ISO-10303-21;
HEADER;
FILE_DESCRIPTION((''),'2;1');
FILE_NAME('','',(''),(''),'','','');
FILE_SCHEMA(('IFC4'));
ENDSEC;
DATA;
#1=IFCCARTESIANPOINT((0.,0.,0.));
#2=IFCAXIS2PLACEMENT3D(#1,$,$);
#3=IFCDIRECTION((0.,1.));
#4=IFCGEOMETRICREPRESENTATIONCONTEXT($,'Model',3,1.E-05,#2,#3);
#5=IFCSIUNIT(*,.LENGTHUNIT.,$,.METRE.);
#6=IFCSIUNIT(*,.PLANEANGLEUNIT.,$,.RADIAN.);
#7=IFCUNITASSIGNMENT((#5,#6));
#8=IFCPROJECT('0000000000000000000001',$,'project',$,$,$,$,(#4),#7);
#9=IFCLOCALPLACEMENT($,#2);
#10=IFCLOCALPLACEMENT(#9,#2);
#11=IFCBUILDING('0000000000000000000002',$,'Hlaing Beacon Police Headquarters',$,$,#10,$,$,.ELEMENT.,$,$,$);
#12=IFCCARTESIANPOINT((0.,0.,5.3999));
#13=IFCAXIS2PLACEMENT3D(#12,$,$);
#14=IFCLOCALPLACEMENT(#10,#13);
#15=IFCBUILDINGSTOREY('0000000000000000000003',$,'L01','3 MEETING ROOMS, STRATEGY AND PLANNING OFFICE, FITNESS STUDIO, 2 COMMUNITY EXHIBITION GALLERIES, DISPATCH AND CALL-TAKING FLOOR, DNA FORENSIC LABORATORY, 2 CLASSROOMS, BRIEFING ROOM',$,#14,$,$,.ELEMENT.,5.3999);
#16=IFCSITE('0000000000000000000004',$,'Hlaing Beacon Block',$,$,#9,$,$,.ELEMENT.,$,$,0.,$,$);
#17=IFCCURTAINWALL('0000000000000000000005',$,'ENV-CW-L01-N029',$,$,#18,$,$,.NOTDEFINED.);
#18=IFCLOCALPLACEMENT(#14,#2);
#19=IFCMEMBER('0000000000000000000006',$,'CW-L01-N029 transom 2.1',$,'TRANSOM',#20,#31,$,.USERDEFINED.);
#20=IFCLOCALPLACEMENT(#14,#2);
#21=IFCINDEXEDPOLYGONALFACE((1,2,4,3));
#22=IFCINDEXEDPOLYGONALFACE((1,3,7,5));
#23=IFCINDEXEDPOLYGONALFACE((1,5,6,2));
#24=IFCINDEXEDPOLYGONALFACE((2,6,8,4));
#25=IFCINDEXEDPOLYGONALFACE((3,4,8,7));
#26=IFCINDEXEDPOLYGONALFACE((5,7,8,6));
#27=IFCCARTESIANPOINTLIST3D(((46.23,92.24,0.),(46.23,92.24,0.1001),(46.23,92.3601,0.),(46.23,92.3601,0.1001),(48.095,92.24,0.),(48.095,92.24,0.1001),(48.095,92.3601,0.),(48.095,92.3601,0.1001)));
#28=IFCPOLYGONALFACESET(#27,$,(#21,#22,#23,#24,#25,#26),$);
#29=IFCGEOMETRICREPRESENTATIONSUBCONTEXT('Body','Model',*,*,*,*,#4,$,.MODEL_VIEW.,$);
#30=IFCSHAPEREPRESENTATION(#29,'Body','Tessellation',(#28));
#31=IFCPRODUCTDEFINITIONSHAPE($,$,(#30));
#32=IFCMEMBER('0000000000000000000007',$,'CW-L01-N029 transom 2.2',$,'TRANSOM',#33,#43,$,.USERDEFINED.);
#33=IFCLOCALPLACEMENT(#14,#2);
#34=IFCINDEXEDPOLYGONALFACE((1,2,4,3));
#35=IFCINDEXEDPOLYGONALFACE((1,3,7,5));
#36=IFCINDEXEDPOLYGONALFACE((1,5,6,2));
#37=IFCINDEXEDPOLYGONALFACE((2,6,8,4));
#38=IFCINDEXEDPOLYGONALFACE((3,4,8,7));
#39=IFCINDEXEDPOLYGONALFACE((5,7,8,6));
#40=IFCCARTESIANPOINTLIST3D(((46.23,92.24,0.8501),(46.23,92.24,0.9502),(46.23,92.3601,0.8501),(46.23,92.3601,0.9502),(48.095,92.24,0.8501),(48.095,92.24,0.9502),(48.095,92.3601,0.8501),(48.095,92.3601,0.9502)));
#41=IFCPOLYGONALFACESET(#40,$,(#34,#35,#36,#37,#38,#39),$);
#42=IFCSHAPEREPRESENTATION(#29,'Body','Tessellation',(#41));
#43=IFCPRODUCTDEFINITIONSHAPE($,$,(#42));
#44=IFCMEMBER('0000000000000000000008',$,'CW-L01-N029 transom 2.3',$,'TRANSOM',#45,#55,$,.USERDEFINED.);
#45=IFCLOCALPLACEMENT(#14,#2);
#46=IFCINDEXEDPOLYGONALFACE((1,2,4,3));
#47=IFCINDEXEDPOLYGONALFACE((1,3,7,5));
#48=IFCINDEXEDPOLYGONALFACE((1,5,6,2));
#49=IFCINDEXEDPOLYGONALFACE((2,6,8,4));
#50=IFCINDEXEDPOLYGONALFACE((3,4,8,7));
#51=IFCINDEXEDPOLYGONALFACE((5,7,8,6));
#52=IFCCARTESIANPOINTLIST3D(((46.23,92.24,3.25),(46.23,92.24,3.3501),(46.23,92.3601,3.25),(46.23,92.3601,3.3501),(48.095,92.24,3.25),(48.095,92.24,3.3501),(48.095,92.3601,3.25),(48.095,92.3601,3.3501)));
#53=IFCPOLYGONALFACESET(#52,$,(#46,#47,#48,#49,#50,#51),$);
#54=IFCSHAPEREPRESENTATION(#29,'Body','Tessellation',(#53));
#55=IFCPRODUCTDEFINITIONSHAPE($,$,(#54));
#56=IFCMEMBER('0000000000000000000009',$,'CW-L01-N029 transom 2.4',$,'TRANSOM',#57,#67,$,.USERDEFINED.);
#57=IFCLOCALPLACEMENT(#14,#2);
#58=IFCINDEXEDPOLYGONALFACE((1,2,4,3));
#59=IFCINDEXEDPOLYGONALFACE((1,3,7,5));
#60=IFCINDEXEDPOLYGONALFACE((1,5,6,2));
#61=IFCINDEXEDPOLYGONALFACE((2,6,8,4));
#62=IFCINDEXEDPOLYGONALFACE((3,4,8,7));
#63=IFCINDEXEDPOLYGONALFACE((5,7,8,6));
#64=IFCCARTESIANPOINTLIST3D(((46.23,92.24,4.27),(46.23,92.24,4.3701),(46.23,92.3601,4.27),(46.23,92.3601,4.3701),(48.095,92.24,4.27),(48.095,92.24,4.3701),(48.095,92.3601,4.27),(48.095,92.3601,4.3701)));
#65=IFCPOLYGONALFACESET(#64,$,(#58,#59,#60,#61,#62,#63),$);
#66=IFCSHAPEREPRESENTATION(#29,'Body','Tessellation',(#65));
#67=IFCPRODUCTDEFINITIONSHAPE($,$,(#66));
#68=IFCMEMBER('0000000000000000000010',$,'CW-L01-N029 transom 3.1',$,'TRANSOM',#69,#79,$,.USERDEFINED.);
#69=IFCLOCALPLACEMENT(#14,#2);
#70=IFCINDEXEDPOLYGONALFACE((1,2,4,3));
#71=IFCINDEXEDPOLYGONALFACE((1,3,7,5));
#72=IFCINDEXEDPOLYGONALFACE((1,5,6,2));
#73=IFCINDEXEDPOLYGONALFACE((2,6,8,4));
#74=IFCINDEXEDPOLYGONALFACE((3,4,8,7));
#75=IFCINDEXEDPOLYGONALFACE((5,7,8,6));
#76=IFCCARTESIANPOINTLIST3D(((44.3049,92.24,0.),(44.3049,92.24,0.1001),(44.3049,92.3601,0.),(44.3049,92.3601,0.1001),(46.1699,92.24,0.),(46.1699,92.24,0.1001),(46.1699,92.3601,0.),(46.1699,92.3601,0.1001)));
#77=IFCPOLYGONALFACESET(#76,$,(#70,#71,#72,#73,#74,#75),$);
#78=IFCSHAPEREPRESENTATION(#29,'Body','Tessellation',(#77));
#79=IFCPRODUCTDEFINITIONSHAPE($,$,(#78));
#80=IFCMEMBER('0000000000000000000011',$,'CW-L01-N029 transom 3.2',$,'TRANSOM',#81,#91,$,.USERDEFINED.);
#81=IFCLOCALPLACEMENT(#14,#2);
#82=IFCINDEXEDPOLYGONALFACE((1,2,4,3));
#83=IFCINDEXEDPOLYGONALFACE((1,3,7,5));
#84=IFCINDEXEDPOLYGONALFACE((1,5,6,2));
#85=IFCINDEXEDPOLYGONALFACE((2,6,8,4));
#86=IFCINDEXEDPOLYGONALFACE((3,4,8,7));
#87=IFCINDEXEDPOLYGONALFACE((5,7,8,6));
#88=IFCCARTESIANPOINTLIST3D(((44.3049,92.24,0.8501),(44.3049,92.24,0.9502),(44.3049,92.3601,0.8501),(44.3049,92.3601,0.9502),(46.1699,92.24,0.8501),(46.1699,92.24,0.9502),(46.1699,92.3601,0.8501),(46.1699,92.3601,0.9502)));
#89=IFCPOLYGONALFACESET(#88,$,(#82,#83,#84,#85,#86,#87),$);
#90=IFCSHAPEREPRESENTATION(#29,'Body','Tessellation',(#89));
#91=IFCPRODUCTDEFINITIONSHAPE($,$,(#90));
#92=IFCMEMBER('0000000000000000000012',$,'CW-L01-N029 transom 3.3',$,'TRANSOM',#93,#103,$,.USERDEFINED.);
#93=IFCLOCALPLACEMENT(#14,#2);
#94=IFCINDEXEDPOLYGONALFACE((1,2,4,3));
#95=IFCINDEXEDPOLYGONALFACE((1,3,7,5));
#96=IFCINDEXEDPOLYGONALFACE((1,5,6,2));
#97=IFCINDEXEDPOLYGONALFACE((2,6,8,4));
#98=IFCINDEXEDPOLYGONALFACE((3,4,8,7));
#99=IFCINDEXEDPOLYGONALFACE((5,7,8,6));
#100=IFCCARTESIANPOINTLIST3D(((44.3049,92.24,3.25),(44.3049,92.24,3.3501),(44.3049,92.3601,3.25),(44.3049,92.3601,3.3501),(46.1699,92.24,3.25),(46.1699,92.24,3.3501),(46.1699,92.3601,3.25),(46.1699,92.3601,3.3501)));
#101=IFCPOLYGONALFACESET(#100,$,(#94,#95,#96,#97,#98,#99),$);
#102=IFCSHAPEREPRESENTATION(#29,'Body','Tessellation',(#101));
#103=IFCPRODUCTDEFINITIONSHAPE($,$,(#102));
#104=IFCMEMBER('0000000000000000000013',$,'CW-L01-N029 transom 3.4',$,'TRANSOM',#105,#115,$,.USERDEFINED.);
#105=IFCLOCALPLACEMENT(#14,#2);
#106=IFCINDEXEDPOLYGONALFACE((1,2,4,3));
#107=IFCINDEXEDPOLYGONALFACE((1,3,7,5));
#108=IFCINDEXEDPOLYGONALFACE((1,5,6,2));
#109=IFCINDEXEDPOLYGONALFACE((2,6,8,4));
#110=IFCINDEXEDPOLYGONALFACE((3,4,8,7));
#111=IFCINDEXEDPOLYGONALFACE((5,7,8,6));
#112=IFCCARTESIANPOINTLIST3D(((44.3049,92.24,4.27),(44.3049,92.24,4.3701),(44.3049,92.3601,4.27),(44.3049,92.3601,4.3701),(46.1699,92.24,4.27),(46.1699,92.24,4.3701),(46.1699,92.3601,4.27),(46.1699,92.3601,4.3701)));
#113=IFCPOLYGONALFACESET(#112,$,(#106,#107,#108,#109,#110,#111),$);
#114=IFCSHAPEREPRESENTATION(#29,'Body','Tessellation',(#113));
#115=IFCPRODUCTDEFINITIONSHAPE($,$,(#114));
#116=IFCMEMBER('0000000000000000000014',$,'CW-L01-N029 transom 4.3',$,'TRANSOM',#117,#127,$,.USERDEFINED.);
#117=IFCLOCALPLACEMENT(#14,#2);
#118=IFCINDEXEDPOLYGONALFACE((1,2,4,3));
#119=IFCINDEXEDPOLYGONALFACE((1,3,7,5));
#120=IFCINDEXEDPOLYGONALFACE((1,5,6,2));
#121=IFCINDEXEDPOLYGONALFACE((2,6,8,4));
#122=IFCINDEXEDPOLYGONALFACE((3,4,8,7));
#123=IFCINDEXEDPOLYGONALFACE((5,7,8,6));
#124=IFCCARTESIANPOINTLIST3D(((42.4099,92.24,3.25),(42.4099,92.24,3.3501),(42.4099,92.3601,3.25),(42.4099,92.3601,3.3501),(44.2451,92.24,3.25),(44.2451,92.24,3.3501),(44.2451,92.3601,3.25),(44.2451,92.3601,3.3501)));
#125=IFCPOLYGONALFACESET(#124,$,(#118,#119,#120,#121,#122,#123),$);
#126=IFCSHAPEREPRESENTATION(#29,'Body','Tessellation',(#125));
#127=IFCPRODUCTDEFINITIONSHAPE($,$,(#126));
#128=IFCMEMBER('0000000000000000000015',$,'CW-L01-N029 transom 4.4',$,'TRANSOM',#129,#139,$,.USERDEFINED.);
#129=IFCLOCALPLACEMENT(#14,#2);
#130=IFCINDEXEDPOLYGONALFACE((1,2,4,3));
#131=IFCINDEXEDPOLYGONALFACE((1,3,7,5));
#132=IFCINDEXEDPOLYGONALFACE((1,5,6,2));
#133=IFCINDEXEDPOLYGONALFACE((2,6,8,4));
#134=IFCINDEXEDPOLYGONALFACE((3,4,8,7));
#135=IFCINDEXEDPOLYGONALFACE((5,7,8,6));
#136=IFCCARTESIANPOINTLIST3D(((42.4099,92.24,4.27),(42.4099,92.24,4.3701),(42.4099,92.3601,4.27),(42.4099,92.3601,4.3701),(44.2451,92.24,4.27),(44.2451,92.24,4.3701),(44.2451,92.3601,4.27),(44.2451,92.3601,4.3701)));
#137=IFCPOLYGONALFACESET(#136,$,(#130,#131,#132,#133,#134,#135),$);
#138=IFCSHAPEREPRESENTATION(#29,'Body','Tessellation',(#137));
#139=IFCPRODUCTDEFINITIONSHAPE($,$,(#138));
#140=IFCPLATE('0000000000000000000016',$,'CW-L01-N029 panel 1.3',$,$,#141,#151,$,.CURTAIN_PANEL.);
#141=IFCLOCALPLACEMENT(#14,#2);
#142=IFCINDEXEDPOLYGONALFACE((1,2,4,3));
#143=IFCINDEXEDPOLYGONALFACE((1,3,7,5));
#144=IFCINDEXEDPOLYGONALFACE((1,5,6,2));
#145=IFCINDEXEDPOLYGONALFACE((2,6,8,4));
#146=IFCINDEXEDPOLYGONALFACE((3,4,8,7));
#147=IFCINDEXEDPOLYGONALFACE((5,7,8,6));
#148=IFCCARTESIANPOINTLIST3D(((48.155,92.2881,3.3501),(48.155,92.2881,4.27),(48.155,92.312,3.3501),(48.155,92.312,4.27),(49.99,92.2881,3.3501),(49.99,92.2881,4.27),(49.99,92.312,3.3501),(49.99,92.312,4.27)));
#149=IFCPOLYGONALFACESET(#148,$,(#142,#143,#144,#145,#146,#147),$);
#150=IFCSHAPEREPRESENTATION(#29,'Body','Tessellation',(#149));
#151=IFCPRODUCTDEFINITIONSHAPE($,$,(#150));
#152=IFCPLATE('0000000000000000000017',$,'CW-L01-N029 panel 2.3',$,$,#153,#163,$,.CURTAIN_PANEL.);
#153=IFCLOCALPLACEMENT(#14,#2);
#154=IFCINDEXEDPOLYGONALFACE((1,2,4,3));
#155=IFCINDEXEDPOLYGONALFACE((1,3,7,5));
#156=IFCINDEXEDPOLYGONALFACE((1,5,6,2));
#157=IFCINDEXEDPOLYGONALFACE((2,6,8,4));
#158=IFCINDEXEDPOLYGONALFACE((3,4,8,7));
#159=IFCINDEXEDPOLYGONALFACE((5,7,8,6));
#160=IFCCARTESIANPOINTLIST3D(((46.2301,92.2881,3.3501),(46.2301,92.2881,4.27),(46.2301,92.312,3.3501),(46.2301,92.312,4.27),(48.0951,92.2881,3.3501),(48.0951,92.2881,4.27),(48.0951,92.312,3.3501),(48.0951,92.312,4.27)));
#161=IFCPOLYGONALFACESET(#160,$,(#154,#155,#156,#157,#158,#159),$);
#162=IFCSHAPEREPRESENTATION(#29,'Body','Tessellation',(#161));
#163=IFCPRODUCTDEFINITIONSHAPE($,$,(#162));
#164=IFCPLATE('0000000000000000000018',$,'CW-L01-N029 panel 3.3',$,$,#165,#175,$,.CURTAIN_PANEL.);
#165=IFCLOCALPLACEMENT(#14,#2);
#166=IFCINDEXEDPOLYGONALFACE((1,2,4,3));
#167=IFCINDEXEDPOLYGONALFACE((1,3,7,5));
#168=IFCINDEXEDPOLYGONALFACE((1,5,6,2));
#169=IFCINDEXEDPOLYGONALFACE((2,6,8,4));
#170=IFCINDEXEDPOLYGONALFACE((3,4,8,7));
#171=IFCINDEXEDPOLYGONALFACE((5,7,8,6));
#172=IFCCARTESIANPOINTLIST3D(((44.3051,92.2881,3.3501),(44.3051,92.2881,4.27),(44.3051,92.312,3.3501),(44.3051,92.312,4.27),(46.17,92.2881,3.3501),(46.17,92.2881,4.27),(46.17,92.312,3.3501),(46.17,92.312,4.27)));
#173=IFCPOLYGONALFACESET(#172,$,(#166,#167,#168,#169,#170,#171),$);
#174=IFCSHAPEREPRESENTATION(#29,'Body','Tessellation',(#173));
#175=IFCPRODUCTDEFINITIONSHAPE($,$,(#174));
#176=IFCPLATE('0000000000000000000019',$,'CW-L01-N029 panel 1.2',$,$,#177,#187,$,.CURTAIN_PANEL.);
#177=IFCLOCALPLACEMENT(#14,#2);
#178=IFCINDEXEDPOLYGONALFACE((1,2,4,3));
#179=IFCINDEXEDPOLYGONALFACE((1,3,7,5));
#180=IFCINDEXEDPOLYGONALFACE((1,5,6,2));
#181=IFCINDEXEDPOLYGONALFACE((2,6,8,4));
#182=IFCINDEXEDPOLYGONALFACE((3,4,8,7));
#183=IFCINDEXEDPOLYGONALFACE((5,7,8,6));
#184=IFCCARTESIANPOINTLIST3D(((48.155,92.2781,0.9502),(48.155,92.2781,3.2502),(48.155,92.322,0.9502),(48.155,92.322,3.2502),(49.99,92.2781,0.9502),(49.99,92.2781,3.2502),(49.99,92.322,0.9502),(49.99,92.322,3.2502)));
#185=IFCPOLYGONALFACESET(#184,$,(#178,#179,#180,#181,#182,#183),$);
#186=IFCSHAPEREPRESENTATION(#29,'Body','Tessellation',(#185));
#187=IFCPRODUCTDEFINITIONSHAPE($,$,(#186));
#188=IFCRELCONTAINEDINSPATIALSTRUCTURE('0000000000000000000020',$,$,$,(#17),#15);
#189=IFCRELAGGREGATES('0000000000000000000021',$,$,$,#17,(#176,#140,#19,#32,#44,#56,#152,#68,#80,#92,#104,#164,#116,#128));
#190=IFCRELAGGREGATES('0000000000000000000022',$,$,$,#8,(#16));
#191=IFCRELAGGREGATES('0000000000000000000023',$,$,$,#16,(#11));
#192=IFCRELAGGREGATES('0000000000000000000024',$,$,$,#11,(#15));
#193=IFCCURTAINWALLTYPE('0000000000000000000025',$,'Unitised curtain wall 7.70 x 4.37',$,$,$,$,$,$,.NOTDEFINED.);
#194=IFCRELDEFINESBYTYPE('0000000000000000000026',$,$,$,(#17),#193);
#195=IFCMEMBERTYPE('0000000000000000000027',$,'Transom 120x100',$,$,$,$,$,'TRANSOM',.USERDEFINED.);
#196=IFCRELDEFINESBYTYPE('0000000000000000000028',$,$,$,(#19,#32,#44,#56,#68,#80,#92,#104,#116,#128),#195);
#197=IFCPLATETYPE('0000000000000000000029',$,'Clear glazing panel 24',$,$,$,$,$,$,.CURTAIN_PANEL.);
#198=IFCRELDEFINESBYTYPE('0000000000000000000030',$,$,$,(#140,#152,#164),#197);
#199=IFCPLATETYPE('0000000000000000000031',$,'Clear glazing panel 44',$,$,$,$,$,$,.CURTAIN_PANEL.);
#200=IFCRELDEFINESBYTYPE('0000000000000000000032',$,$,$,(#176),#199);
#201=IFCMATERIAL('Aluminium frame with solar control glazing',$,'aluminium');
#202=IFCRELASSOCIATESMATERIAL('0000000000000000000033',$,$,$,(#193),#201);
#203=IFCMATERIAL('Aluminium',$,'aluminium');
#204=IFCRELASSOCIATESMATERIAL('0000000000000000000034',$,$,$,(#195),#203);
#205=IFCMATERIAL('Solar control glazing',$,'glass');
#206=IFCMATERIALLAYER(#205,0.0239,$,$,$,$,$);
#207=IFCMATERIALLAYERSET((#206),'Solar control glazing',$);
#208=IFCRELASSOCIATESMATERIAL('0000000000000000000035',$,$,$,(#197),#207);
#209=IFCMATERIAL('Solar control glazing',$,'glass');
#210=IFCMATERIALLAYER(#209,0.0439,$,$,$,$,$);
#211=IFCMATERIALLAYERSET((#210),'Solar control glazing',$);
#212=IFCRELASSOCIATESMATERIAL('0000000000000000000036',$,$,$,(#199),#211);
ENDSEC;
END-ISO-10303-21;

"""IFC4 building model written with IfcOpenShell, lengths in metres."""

from ifc_helpers import new_model, si_unit, direction, frame, origin, origin_2d, place, context, subcontext, project, spatial, rectangle, extrude, material, layer, layer_set, material_profile, profile_set, type_object, element, aggregate, save


model = new_model("IFC4")

# Units and contexts
model_context = context("Model", 3, precision=1e-05, world=origin(), true_north=direction((0.0, 1.0)))
body_context = subcontext(model_context, "Body", "Model", "MODEL_VIEW")
ifc_project = project(units=[si_unit("LENGTHUNIT", "METRE"), si_unit("PLANEANGLEUNIT", "RADIAN")], contexts=[model_context])

# Site, building, storey
site_placement = place(None, origin())
site = spatial("IfcSite", under=ifc_project, at=site_placement, Name="Hlaing Beacon Block", CompositionType="ELEMENT", RefElevation=0.0)
building_placement = place(site_placement, origin())
building = spatial("IfcBuilding", under=site, at=building_placement, Name="Hlaing Beacon Police Headquarters", CompositionType="ELEMENT")
storey_placement = place(building_placement, frame((0.0, 0.0, 5.3999)))
storey = spatial("IfcBuildingStorey", under=building, at=storey_placement, Name="L01", Description="3 MEETING ROOMS, STRATEGY AND PLANNING OFFICE, FITNESS STUDIO, 2 COMMUNITY EXHIBITION GALLERIES, DISPATCH AND CALL-TAKING FLOOR, DNA FORENSIC LABORATORY, 2 CLASSROOMS, BRIEFING ROOM", CompositionType="ELEMENT", Elevation=5.3999)

# Curtain wall, members, plates
ifc_material_1 = material(Name="Aluminium frame with solar control glazing", Category="aluminium")
curtain_wall_type_1 = type_object("IfcCurtainWallType", Name="Unitised curtain wall 7.70 x 4.37", PredefinedType="NOTDEFINED", material=ifc_material_1)
curtain_wall_1_placement = place(storey_placement, origin())
curtain_wall_1 = element("IfcCurtainWall", 1, at=curtain_wall_1_placement, inside=storey, type_object=curtain_wall_type_1, Name="ENV-CW-L01-N029", PredefinedType="NOTDEFINED")
ifc_material_2 = material(Name="Aluminium", Category="aluminium")
ifc_material_profile_1 = material_profile(ifc_material_2, rectangle(XDim=0.1201, YDim=0.1001, at=origin_2d()), Name="Transom 120x100")
ifc_profile_set_1 = profile_set([ifc_material_profile_1], Name="Aluminium")
member_type_1 = type_object("IfcMemberType", Name="Transom 120x100", ElementType="TRANSOM", PredefinedType="USERDEFINED", material=ifc_profile_set_1)
member_1_placement = place(storey_placement, frame((48.095, 92.3, 0.05), z_axis=(-1.0, 0.0, 0.0), x_axis=(0.0, -1.0, 0.0)))
member_1 = element("IfcMember", 2, at=member_1_placement, type_object=member_type_1, Name="CW-L01-N029 transom 2.1", ObjectType="TRANSOM", PredefinedType="USERDEFINED", context=body_context, shape_type="SweptSolid", body=[
    extrude(rectangle(XDim=0.1201, YDim=0.1001, at=origin_2d()), origin(), (0.0, 0.0, 1.0), 1.865),
])
member_2_placement = place(storey_placement, frame((48.095, 92.3, 0.9001), z_axis=(-1.0, 0.0, 0.0), x_axis=(0.0, -1.0, 0.0)))
member_2 = element("IfcMember", 3, at=member_2_placement, type_object=member_type_1, Name="CW-L01-N029 transom 2.2", ObjectType="TRANSOM", PredefinedType="USERDEFINED", context=body_context, shape_type="SweptSolid", body=[
    extrude(rectangle(XDim=0.1201, YDim=0.1001, at=origin_2d()), origin(), (0.0, 0.0, 1.0), 1.865),
])
member_3_placement = place(storey_placement, frame((48.095, 92.3, 3.3), z_axis=(-1.0, 0.0, 0.0), x_axis=(0.0, -1.0, 0.0)))
member_3 = element("IfcMember", 4, at=member_3_placement, type_object=member_type_1, Name="CW-L01-N029 transom 2.3", ObjectType="TRANSOM", PredefinedType="USERDEFINED", context=body_context, shape_type="SweptSolid", body=[
    extrude(rectangle(XDim=0.1201, YDim=0.1001, at=origin_2d()), origin(), (0.0, 0.0, 1.0), 1.865),
])
member_4_placement = place(storey_placement, frame((48.095, 92.3, 4.3201), z_axis=(-1.0, 0.0, 0.0), x_axis=(0.0, -1.0, 0.0)))
member_4 = element("IfcMember", 5, at=member_4_placement, type_object=member_type_1, Name="CW-L01-N029 transom 2.4", ObjectType="TRANSOM", PredefinedType="USERDEFINED", context=body_context, shape_type="SweptSolid", body=[
    extrude(rectangle(XDim=0.1201, YDim=0.1001, at=origin_2d()), origin(), (0.0, 0.0, 1.0), 1.865),
])
member_5_placement = place(storey_placement, frame((46.1699, 92.3, 0.05), z_axis=(-1.0, 0.0, 0.0), x_axis=(0.0, -1.0, 0.0)))
member_5 = element("IfcMember", 6, at=member_5_placement, type_object=member_type_1, Name="CW-L01-N029 transom 3.1", ObjectType="TRANSOM", PredefinedType="USERDEFINED", context=body_context, shape_type="SweptSolid", body=[
    extrude(rectangle(XDim=0.1201, YDim=0.1001, at=origin_2d()), origin(), (0.0, 0.0, 1.0), 1.865),
])
member_6_placement = place(storey_placement, frame((46.1699, 92.3, 0.9001), z_axis=(-1.0, 0.0, 0.0), x_axis=(0.0, -1.0, 0.0)))
member_6 = element("IfcMember", 7, at=member_6_placement, type_object=member_type_1, Name="CW-L01-N029 transom 3.2", ObjectType="TRANSOM", PredefinedType="USERDEFINED", context=body_context, shape_type="SweptSolid", body=[
    extrude(rectangle(XDim=0.1201, YDim=0.1001, at=origin_2d()), origin(), (0.0, 0.0, 1.0), 1.865),
])
member_7_placement = place(storey_placement, frame((46.1699, 92.3, 3.3), z_axis=(-1.0, 0.0, 0.0), x_axis=(0.0, -1.0, 0.0)))
member_7 = element("IfcMember", 8, at=member_7_placement, type_object=member_type_1, Name="CW-L01-N029 transom 3.3", ObjectType="TRANSOM", PredefinedType="USERDEFINED", context=body_context, shape_type="SweptSolid", body=[
    extrude(rectangle(XDim=0.1201, YDim=0.1001, at=origin_2d()), origin(), (0.0, 0.0, 1.0), 1.865),
])
member_8_placement = place(storey_placement, frame((46.1699, 92.3, 4.3201), z_axis=(-1.0, 0.0, 0.0), x_axis=(0.0, -1.0, 0.0)))
member_8 = element("IfcMember", 9, at=member_8_placement, type_object=member_type_1, Name="CW-L01-N029 transom 3.4", ObjectType="TRANSOM", PredefinedType="USERDEFINED", context=body_context, shape_type="SweptSolid", body=[
    extrude(rectangle(XDim=0.1201, YDim=0.1001, at=origin_2d()), origin(), (0.0, 0.0, 1.0), 1.865),
])
member_9_placement = place(storey_placement, frame((44.2451, 92.3, 3.3), z_axis=(-1.0, 0.0, 0.0), x_axis=(0.0, -1.0, 0.0)))
member_9 = element("IfcMember", 10, at=member_9_placement, type_object=member_type_1, Name="CW-L01-N029 transom 4.3", ObjectType="TRANSOM", PredefinedType="USERDEFINED", context=body_context, shape_type="SweptSolid", body=[
    extrude(rectangle(XDim=0.1201, YDim=0.1001, at=origin_2d()), origin(), (0.0, 0.0, 1.0), 1.8352),
])
member_10_placement = place(storey_placement, frame((44.2451, 92.3, 4.3201), z_axis=(-1.0, 0.0, 0.0), x_axis=(0.0, -1.0, 0.0)))
member_10 = element("IfcMember", 11, at=member_10_placement, type_object=member_type_1, Name="CW-L01-N029 transom 4.4", ObjectType="TRANSOM", PredefinedType="USERDEFINED", context=body_context, shape_type="SweptSolid", body=[
    extrude(rectangle(XDim=0.1201, YDim=0.1001, at=origin_2d()), origin(), (0.0, 0.0, 1.0), 1.8352),
])
ifc_material_3 = material(Name="Solar control glazing", Category="glass")
ifc_layer_1 = layer(ifc_material_3, 0.0239)
ifc_layer_set_1 = layer_set([ifc_layer_1], Name="Solar control glazing")
plate_type_1 = type_object("IfcPlateType", Name="Clear glazing panel 24", PredefinedType="CURTAIN_PANEL", material=ifc_layer_set_1)
plate_1_placement = place(storey_placement, frame((49.0725, 92.3, 3.3501), z_axis=(0.0, 0.0, 1.0), x_axis=(-1.0, 0.0, 0.0)))
plate_1 = element("IfcPlate", 12, at=plate_1_placement, type_object=plate_type_1, Name="CW-L01-N029 panel 1.3", PredefinedType="CURTAIN_PANEL", context=body_context, shape_type="SweptSolid", body=[
    extrude(rectangle(XDim=1.835, YDim=0.0239, at=origin_2d()), origin(), (0.0, 0.0, 1.0), 0.9199),
])
plate_2_placement = place(storey_placement, frame((47.1626, 92.3, 3.3501), z_axis=(0.0, 0.0, 1.0), x_axis=(-1.0, 0.0, 0.0)))
plate_2 = element("IfcPlate", 13, at=plate_2_placement, type_object=plate_type_1, Name="CW-L01-N029 panel 2.3", PredefinedType="CURTAIN_PANEL", context=body_context, shape_type="SweptSolid", body=[
    extrude(rectangle(XDim=1.865, YDim=0.0239, at=origin_2d()), origin(), (0.0, 0.0, 1.0), 0.9199),
])
plate_3_placement = place(storey_placement, frame((45.2375, 92.3, 3.3501), z_axis=(0.0, 0.0, 1.0), x_axis=(-1.0, 0.0, 0.0)))
plate_3 = element("IfcPlate", 14, at=plate_3_placement, type_object=plate_type_1, Name="CW-L01-N029 panel 3.3", PredefinedType="CURTAIN_PANEL", context=body_context, shape_type="SweptSolid", body=[
    extrude(rectangle(XDim=1.865, YDim=0.0239, at=origin_2d()), origin(), (0.0, 0.0, 1.0), 0.9199),
])
ifc_material_4 = material(Name="Solar control glazing", Category="glass")
ifc_layer_2 = layer(ifc_material_4, 0.0439)
ifc_layer_set_2 = layer_set([ifc_layer_2], Name="Solar control glazing")
plate_type_2 = type_object("IfcPlateType", Name="Clear glazing panel 44", PredefinedType="CURTAIN_PANEL", material=ifc_layer_set_2)
plate_4_placement = place(storey_placement, frame((49.0725, 92.3, 0.9502), z_axis=(0.0, 0.0, 1.0), x_axis=(-1.0, 0.0, 0.0)))
plate_4 = element("IfcPlate", 15, at=plate_4_placement, type_object=plate_type_2, Name="CW-L01-N029 panel 1.2", PredefinedType="CURTAIN_PANEL", context=body_context, shape_type="SweptSolid", body=[
    extrude(rectangle(XDim=1.835, YDim=0.0439, at=origin_2d()), origin(), (0.0, 0.0, 1.0), 2.3),
])

aggregate(curtain_wall_1, [plate_4, plate_1, member_1, member_2, member_3, member_4, plate_2, member_5, member_6, member_7, member_8, plate_3, member_9, member_10])

save(model, "model.ifc")
